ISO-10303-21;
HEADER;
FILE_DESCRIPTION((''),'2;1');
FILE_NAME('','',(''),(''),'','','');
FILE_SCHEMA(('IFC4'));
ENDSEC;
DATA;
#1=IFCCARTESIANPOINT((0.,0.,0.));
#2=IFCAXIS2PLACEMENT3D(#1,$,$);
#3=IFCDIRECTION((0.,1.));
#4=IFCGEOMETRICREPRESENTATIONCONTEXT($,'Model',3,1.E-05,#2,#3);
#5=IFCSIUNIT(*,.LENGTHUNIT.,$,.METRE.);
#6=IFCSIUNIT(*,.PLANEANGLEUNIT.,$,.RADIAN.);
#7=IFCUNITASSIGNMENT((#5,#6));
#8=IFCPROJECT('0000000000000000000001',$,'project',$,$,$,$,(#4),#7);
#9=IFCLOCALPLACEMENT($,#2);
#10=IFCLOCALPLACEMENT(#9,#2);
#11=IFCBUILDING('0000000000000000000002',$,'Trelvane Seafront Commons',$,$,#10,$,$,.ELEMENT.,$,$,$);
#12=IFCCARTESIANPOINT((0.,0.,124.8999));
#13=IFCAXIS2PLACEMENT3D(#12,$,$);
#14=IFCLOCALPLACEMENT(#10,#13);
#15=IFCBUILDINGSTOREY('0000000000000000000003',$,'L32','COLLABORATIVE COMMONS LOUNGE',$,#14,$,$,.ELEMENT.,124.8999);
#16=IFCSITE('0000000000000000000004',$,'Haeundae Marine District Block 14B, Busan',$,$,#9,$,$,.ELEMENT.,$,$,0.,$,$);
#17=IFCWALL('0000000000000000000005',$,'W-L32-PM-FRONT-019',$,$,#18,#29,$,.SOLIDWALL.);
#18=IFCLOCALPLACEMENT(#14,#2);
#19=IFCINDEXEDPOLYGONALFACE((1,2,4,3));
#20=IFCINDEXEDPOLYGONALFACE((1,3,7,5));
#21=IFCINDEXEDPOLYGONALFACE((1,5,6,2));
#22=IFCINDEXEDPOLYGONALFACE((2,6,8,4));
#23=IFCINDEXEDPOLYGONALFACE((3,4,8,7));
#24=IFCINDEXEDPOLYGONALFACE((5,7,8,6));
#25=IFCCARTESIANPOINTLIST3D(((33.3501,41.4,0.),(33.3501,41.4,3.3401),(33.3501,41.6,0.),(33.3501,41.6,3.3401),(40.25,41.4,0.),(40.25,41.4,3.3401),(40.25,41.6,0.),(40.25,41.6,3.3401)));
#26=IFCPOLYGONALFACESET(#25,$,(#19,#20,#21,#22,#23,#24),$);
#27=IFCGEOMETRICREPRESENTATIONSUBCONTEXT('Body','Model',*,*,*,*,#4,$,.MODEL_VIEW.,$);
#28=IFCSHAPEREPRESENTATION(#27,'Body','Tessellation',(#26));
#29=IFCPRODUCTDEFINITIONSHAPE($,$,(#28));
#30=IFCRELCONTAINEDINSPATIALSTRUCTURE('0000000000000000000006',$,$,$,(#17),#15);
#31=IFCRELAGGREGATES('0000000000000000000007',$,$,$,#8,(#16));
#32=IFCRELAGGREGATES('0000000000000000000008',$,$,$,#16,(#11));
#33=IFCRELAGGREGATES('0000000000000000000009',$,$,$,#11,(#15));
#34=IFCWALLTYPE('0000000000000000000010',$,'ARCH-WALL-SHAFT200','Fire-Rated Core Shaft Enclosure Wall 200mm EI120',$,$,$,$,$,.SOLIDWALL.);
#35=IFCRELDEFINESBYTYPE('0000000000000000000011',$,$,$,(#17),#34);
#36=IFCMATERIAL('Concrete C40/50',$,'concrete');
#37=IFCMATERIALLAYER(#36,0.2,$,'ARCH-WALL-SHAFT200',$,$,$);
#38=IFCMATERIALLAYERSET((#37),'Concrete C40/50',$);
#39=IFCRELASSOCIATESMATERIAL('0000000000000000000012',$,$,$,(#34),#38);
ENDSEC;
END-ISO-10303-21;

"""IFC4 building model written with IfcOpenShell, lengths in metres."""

from ifc_helpers import new_model, si_unit, direction, frame, frame_2d, origin, place, context, subcontext, project, spatial, rectangle, extrude, material, layer, layer_set, type_object, element, save


model = new_model("IFC4")

# Units and contexts
model_context = context("Model", 3, precision=1e-05, world=origin(), true_north=direction((0.0, 1.0)))
body_context = subcontext(model_context, "Body", "Model", "MODEL_VIEW")
ifc_project = project(units=[si_unit("LENGTHUNIT", "METRE"), si_unit("PLANEANGLEUNIT", "RADIAN")], contexts=[model_context])

# Site, building, storey
site_placement = place(None, origin())
site = spatial("IfcSite", under=ifc_project, at=site_placement, Name="Haeundae Marine District Block 14B, Busan", CompositionType="ELEMENT", RefElevation=0.0)
building_placement = place(site_placement, origin())
building = spatial("IfcBuilding", under=site, at=building_placement, Name="Trelvane Seafront Commons", CompositionType="ELEMENT")
storey_placement = place(building_placement, frame((0.0, 0.0, 124.8999)))
storey = spatial("IfcBuildingStorey", under=building, at=storey_placement, Name="L32", Description="COLLABORATIVE COMMONS LOUNGE", CompositionType="ELEMENT", Elevation=124.8999)

# Shared definitions
ifc_material_1 = material(Name="Concrete C40/50", Category="concrete")

# Shared definitions
ifc_layer_1 = layer(ifc_material_1, 0.2, Name="ARCH-WALL-SHAFT200")
ifc_layer_set_1 = layer_set([ifc_layer_1], Name="Concrete C40/50")
wall_type_1 = type_object("IfcWallType", Name="ARCH-WALL-SHAFT200", Description="Fire-Rated Core Shaft Enclosure Wall 200mm EI120", PredefinedType="SOLIDWALL", material=ifc_layer_set_1)

# Wall
wall_1_placement = place(storey_placement, frame((33.3501, 41.5, 0.0), z_axis=(0.0, 0.0, 1.0), x_axis=(1.0, 0.0, 0.0)))
element("IfcWall", 1, at=wall_1_placement, inside=storey, type_object=wall_type_1, Name="W-L32-PM-FRONT-019", PredefinedType="SOLIDWALL", context=body_context, shape_type="SweptSolid", body=[
    extrude(rectangle(XDim=6.8999, YDim=0.2, at=frame_2d((3.45, 0.0))), origin(), (0.0, 0.0, 1.0), 3.3401),
])

save(model, "model.ifc")
